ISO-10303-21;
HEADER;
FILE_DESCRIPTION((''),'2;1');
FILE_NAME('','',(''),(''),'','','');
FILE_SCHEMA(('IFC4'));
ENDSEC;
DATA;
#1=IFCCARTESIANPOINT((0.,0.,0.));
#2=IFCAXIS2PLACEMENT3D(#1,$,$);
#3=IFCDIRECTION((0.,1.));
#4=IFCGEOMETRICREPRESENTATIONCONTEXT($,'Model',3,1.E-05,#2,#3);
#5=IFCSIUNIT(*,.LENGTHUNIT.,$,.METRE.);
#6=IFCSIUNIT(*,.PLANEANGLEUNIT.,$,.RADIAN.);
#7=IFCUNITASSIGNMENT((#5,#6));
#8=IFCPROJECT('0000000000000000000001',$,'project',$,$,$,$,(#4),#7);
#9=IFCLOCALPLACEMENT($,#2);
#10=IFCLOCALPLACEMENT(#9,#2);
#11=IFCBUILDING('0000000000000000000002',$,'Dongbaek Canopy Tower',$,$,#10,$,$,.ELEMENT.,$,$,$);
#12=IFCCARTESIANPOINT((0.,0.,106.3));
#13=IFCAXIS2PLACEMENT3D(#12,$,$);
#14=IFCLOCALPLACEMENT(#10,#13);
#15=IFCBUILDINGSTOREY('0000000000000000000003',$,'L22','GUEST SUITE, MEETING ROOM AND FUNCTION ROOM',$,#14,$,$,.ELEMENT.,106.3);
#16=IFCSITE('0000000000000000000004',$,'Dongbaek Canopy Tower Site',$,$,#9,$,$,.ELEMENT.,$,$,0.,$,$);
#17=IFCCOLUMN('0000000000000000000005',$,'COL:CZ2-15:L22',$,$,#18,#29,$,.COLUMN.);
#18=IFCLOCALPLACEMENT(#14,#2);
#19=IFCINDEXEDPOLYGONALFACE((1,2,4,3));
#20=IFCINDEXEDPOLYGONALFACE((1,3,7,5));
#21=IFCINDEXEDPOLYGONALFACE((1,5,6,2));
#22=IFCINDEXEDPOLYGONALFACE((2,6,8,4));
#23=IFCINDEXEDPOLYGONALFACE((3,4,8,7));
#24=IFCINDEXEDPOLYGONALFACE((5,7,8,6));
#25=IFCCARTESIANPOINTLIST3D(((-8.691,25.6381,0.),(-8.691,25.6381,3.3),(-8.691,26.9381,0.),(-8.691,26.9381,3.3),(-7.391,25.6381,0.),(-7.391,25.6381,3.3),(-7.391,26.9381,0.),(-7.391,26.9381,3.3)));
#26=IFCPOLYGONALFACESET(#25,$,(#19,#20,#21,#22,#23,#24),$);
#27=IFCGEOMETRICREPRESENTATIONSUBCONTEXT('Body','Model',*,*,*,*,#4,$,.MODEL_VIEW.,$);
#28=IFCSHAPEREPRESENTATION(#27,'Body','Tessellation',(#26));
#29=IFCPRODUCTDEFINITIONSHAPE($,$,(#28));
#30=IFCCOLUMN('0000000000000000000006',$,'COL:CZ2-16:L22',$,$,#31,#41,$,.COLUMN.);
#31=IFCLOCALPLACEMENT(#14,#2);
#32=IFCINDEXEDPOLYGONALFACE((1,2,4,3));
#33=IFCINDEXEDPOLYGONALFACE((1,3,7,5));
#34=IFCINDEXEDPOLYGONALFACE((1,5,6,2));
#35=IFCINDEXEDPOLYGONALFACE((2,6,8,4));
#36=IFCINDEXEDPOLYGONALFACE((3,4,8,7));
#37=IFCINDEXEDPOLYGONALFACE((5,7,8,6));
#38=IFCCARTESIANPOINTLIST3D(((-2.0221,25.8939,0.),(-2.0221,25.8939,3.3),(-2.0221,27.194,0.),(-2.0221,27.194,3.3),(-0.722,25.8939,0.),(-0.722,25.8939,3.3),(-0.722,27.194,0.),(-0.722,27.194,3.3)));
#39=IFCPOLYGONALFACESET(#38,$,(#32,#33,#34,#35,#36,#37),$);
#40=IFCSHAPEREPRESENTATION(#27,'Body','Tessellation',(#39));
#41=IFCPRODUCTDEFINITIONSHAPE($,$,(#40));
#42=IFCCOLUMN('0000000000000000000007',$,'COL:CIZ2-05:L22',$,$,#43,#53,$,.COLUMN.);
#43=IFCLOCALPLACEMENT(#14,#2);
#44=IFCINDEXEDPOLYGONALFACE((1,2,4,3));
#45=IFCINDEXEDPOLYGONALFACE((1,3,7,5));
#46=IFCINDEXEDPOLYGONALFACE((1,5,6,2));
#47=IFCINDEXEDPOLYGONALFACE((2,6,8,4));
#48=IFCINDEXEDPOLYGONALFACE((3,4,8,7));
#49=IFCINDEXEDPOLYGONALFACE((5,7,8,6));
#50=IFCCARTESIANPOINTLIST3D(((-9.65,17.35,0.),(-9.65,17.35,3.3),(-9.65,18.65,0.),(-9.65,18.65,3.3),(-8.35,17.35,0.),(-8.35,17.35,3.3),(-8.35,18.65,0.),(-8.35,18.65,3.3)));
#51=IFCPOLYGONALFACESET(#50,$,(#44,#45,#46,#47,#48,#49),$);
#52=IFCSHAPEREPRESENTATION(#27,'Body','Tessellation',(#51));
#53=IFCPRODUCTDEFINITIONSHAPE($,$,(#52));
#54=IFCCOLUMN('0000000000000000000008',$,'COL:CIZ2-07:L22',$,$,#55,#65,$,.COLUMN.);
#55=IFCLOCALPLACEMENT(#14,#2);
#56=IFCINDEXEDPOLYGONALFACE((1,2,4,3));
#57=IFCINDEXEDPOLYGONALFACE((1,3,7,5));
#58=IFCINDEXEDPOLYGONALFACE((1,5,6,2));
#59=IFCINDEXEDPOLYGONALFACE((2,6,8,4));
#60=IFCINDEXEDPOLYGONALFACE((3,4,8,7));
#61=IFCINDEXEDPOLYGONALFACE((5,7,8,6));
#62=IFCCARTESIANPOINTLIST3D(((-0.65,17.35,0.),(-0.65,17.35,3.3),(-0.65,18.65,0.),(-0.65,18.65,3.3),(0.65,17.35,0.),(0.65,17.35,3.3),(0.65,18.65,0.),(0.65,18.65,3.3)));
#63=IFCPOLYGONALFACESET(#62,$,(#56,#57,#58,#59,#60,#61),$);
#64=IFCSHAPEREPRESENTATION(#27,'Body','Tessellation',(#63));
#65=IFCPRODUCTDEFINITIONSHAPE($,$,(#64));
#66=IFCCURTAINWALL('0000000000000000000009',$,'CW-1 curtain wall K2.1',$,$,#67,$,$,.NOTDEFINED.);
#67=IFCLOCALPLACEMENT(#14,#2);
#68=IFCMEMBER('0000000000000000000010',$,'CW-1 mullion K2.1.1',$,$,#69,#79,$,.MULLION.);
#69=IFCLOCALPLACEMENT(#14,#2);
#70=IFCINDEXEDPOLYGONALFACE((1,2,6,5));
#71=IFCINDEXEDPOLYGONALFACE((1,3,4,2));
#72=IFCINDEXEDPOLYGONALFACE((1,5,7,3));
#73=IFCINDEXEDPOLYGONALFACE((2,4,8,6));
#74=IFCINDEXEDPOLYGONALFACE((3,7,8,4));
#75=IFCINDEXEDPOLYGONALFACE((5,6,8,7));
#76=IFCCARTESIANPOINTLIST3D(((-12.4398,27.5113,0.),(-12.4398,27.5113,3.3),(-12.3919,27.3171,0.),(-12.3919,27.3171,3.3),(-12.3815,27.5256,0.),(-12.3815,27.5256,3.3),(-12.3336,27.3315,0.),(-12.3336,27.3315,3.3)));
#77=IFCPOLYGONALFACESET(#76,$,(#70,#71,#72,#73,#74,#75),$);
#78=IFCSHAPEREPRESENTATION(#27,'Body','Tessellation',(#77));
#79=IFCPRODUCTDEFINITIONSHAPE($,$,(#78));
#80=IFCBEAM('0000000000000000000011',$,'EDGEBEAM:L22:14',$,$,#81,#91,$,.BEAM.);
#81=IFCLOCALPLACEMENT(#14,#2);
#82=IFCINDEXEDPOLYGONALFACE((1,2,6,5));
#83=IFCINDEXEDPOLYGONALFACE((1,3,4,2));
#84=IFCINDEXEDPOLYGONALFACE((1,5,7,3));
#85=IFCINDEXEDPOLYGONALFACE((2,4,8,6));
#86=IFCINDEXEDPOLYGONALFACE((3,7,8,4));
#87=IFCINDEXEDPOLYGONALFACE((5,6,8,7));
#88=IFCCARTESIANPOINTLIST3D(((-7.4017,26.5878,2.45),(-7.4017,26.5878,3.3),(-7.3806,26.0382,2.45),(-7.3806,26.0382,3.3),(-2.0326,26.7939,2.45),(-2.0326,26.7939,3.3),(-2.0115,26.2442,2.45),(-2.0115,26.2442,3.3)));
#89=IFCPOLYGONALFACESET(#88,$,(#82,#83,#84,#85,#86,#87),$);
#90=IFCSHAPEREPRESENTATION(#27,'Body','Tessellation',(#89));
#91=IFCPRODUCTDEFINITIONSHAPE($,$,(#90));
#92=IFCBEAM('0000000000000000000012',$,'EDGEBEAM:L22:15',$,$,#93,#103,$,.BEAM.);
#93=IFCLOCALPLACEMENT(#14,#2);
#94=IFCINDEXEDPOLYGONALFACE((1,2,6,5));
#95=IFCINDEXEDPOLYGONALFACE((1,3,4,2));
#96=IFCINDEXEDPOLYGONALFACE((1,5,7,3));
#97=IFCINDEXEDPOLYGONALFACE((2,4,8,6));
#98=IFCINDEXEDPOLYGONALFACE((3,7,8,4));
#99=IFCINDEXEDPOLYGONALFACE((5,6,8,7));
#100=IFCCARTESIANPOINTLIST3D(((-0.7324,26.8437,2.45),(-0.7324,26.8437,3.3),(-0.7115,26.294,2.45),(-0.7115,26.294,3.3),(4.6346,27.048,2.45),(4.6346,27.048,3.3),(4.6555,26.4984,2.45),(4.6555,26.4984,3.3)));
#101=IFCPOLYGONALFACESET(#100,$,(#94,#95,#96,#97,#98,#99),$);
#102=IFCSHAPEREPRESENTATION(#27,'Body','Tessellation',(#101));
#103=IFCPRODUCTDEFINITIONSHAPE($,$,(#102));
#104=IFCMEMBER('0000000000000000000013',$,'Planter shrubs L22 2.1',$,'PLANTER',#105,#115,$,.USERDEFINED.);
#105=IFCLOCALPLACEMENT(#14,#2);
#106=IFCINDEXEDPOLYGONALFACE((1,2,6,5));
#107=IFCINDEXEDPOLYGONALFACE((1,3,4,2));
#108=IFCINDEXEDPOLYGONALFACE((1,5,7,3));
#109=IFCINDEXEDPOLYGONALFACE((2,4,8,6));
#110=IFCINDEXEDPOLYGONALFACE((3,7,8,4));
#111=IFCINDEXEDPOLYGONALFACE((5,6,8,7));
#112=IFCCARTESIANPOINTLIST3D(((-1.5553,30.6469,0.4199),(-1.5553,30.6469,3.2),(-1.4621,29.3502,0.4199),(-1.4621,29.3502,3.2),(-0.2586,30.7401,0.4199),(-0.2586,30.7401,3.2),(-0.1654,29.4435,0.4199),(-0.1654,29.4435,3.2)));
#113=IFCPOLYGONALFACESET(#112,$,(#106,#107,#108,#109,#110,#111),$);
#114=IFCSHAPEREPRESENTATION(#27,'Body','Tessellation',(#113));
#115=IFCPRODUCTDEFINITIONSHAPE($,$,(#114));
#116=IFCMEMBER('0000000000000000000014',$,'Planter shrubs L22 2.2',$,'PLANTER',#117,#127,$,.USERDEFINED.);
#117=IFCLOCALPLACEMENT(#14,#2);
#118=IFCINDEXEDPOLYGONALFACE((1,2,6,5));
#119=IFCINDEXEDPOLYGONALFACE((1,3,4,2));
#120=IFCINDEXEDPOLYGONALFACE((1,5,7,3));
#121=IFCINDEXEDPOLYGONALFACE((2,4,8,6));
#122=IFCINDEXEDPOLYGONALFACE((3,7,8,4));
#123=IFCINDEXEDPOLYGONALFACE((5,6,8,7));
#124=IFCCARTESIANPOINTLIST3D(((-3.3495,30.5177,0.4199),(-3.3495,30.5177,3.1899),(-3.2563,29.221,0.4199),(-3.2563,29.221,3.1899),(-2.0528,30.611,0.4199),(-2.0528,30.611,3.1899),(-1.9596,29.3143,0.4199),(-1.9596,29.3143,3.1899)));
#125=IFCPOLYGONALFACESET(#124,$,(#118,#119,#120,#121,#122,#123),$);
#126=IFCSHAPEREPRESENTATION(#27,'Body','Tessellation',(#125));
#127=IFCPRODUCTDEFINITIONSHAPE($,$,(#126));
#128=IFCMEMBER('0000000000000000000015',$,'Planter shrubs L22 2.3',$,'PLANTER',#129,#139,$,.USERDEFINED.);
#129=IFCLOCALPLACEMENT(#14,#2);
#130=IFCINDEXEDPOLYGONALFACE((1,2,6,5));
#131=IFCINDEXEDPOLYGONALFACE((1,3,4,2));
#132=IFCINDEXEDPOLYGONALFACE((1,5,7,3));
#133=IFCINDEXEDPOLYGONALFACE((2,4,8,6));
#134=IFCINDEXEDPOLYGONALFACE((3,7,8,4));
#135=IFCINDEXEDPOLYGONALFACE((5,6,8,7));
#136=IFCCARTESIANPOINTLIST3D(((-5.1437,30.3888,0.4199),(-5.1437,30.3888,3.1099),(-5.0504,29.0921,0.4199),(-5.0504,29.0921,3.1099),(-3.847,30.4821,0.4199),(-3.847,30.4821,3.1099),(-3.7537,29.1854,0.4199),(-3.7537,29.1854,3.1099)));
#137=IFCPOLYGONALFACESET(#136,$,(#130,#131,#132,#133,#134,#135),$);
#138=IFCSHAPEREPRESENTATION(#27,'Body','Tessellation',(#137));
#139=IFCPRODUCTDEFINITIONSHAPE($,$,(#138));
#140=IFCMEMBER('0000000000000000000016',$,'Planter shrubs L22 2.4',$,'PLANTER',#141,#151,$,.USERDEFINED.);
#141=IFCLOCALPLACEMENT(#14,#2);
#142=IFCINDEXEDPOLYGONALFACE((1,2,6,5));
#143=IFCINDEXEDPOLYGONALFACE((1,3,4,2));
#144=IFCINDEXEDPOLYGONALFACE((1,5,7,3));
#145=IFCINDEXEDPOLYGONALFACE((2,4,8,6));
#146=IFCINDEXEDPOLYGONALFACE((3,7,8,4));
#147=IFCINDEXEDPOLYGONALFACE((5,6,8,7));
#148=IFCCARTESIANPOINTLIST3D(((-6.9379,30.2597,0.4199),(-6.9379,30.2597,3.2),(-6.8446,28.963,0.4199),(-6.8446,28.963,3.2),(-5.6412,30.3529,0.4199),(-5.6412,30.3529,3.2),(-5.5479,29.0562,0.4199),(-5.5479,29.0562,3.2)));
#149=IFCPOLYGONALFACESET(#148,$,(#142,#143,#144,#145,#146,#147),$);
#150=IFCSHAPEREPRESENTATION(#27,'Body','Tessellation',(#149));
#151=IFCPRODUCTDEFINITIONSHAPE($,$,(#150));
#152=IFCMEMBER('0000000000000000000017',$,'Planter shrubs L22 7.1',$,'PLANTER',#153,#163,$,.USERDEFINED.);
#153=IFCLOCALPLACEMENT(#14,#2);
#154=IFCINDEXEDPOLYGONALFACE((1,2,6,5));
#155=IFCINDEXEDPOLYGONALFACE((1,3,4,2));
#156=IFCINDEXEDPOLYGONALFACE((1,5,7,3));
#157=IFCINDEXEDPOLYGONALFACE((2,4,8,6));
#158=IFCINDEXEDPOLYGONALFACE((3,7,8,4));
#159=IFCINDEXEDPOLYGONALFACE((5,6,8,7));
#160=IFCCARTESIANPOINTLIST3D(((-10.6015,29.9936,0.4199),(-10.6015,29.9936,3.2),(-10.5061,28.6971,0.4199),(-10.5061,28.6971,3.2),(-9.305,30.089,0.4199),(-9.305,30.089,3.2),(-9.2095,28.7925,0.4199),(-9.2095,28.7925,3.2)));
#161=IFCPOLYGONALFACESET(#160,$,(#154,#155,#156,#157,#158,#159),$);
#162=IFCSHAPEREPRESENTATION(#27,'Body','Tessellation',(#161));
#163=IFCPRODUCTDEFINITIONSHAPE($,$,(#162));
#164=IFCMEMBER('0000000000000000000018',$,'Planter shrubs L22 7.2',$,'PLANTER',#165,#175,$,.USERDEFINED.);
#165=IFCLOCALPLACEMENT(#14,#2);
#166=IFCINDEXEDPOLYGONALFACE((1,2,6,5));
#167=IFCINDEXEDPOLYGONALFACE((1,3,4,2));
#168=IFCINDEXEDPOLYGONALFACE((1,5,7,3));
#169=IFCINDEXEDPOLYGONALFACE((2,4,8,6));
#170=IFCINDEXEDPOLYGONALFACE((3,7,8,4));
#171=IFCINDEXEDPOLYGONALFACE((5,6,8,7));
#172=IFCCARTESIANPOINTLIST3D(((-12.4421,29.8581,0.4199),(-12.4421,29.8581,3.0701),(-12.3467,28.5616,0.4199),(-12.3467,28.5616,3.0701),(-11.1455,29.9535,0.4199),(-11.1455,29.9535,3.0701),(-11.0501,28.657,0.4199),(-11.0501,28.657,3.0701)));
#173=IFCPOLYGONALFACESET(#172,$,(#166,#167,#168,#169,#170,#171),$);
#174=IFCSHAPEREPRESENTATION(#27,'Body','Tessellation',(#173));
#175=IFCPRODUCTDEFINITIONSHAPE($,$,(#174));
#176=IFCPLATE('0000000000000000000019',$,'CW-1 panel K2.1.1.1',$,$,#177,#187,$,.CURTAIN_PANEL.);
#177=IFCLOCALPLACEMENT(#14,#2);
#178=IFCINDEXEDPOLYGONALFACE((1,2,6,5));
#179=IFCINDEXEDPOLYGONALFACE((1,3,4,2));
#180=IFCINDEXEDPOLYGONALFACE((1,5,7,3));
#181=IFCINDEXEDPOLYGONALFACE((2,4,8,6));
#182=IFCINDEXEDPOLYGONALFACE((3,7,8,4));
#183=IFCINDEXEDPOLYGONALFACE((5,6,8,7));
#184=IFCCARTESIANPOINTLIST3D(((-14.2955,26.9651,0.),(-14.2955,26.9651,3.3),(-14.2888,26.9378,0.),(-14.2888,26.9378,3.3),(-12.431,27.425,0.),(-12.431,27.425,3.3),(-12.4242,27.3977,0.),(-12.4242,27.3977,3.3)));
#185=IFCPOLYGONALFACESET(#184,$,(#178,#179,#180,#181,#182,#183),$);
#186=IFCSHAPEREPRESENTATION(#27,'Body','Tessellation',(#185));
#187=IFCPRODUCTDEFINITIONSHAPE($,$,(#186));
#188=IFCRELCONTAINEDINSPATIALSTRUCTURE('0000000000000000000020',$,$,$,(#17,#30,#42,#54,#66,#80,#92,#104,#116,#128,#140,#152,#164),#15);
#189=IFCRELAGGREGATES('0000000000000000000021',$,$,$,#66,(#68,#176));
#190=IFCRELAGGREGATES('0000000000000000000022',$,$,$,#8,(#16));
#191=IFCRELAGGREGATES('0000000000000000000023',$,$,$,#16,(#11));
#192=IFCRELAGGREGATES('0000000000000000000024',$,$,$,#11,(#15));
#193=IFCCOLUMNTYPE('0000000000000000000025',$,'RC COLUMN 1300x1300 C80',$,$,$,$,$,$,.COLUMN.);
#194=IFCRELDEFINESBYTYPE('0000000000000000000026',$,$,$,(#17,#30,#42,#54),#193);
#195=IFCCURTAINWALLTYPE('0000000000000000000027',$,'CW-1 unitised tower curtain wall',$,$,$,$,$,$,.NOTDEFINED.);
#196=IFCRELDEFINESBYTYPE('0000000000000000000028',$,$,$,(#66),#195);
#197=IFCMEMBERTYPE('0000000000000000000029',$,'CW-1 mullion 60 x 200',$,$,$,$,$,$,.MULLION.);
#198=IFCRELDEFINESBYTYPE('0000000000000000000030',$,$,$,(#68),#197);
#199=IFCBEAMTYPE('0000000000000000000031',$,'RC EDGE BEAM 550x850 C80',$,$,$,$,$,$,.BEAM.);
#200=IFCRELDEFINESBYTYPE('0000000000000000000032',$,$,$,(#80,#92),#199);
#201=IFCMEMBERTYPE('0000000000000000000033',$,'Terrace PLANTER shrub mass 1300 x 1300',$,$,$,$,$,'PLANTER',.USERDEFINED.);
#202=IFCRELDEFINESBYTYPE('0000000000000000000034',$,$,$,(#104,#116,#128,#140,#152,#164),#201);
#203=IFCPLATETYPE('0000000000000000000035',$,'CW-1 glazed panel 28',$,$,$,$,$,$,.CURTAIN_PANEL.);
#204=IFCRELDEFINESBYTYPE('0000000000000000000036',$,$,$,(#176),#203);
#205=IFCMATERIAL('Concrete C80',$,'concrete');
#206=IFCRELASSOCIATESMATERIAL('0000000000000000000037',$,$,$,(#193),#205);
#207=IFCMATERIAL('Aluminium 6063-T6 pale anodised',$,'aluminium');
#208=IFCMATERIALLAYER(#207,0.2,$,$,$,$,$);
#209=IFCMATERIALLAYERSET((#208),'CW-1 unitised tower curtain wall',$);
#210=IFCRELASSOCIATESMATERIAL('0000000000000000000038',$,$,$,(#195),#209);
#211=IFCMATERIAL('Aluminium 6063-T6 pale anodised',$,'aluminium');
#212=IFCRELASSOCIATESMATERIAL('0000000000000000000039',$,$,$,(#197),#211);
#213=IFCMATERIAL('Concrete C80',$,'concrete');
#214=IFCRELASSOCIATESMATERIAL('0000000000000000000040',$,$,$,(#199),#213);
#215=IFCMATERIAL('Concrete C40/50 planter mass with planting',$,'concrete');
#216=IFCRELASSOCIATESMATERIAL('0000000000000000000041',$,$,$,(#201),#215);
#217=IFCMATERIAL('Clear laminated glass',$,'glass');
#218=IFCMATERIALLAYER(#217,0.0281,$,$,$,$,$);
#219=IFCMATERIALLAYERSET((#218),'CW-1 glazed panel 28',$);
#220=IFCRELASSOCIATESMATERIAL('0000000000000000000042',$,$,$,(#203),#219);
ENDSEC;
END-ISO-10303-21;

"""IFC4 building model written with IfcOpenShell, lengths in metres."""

from ifc_helpers import new_model, si_unit, direction, frame, origin, origin_2d, place, context, subcontext, project, spatial, rectangle, extrude, material, layer, layer_set, material_profile, profile_set, type_object, element, aggregate, save


model = new_model("IFC4")

# Units and contexts
model_context = context("Model", 3, precision=1e-05, world=origin(), true_north=direction((0.0, 1.0)))
body_context = subcontext(model_context, "Body", "Model", "MODEL_VIEW")
ifc_project = project(units=[si_unit("LENGTHUNIT", "METRE"), si_unit("PLANEANGLEUNIT", "RADIAN")], contexts=[model_context])

# Site, building, storey
site_placement = place(None, origin())
site = spatial("IfcSite", under=ifc_project, at=site_placement, Name="Dongbaek Canopy Tower Site", CompositionType="ELEMENT", RefElevation=0.0)
building_placement = place(site_placement, origin())
building = spatial("IfcBuilding", under=site, at=building_placement, Name="Dongbaek Canopy Tower", CompositionType="ELEMENT")
storey_placement = place(building_placement, frame((0.0, 0.0, 106.3)))
storey = spatial("IfcBuildingStorey", under=building, at=storey_placement, Name="L22", Description="GUEST SUITE, MEETING ROOM AND FUNCTION ROOM", CompositionType="ELEMENT", Elevation=106.3)

# Columns
ifc_material_1 = material(Name="Concrete C80", Category="concrete")
ifc_material_profile_1 = material_profile(ifc_material_1, rectangle(XDim=1.3, YDim=1.3, at=origin_2d()), Name="RC COLUMN 1300x1300 C80")
ifc_profile_set_1 = profile_set([ifc_material_profile_1], Name="Concrete C80")
column_type = type_object("IfcColumnType", Name="RC COLUMN 1300x1300 C80", PredefinedType="COLUMN", material=ifc_profile_set_1)
for number, where, z_axis, x_axis, name in (
    (1, (-8.041, 26.2881, 0.0), (0.0, 0.0, 1.0), (1.0, 0.0, 0.0), "COL:CZ2-15:L22"),
    (2, (-1.3721, 26.5439, 0.0), (0.0, 0.0, 1.0), (1.0, 0.0, 0.0), "COL:CZ2-16:L22"),
    (3, (-9.0, 18.0, 0.0), (0.0, 0.0, 1.0), (1.0, 0.0, 0.0), "COL:CIZ2-05:L22"),
    (4, (0.0, 18.0, 0.0), (0.0, 0.0, 1.0), (1.0, 0.0, 0.0), "COL:CIZ2-07:L22"),
):
    element("IfcColumn", number, at=place(storey_placement, frame(where, z_axis=z_axis, x_axis=x_axis)), inside=storey, type_object=column_type, Name=name, PredefinedType="COLUMN", context=body_context, shape_type="SweptSolid", body=[
        extrude(rectangle(XDim=1.3, YDim=1.3, at=origin_2d()), origin(), (0.0, 0.0, 1.0), 3.3),
    ])

# Curtain wall, member
ifc_material_2 = material(Name="Aluminium 6063-T6 pale anodised", Category="aluminium")
ifc_layer_1 = layer(ifc_material_2, 0.2)
ifc_layer_set_1 = layer_set([ifc_layer_1], Name="CW-1 unitised tower curtain wall")
curtain_wall_type = type_object("IfcCurtainWallType", Name="CW-1 unitised tower curtain wall", PredefinedType="NOTDEFINED", material=ifc_layer_set_1)
curtain_wall_placement = place(storey_placement, origin())
curtain_wall = element("IfcCurtainWall", 5, at=curtain_wall_placement, inside=storey, type_object=curtain_wall_type, Name="CW-1 curtain wall K2.1", PredefinedType="NOTDEFINED")
ifc_material_3 = material(Name="Aluminium 6063-T6 pale anodised", Category="aluminium")
ifc_material_profile_2 = material_profile(ifc_material_3, rectangle(XDim=0.2, YDim=0.0601, at=origin_2d()), Name="CW-1 mullion 60 x 200")
ifc_profile_set_2 = profile_set([ifc_material_profile_2], Name="Aluminium 6063-T6 pale anodised")
member_type_1 = type_object("IfcMemberType", Name="CW-1 mullion 60 x 200", PredefinedType="MULLION", material=ifc_profile_set_2)
member_1_placement = place(storey_placement, frame((-12.3867, 27.4214, 0.0), z_axis=(0.0, 0.0, 1.0), x_axis=(-0.239456, 0.970907, 0.0)))
member_1 = element("IfcMember", 6, at=member_1_placement, type_object=member_type_1, Name="CW-1 mullion K2.1.1", PredefinedType="MULLION", context=body_context, shape_type="SweptSolid", body=[
    extrude(rectangle(XDim=0.2, YDim=0.0601, at=origin_2d()), origin(), (0.0, 0.0, 1.0), 3.3),
])

# Beams
ifc_material_4 = material(Name="Concrete C80", Category="concrete")
ifc_material_profile_3 = material_profile(ifc_material_4, rectangle(XDim=0.55, YDim=0.8501, at=origin_2d()), Name="RC EDGE BEAM 550x850 C80")
ifc_profile_set_3 = profile_set([ifc_material_profile_3], Name="Concrete C80")
beam_type = type_object("IfcBeamType", Name="RC EDGE BEAM 550x850 C80", PredefinedType="BEAM", material=ifc_profile_set_3)
beam_1_placement = place(storey_placement, frame((-7.3911, 26.313, 2.875), z_axis=(0.999264, 0.038349, 0.0), x_axis=(-0.038349, 0.999264, 0.0)))
element("IfcBeam", 7, at=beam_1_placement, inside=storey, type_object=beam_type, Name="EDGEBEAM:L22:14", PredefinedType="BEAM", context=body_context, shape_type="SweptSolid", body=[
    extrude(rectangle(XDim=0.55, YDim=0.8501, at=origin_2d()), origin(), (0.0, 0.0, 1.0), 5.373),
])
beam_2_placement = place(storey_placement, frame((-0.7219, 26.5688, 2.875), z_axis=(0.999276, 0.038047, 0.0), x_axis=(-0.038047, 0.999276, 0.0)))
element("IfcBeam", 8, at=beam_2_placement, inside=storey, type_object=beam_type, Name="EDGEBEAM:L22:15", PredefinedType="BEAM", context=body_context, shape_type="SweptSolid", body=[
    extrude(rectangle(XDim=0.55, YDim=0.8501, at=origin_2d()), origin(), (0.0, 0.0, 1.0), 5.3708),
])

# Members
ifc_material_5 = material(Name="Concrete C40/50 planter mass with planting", Category="concrete")
ifc_material_profile_4 = material_profile(ifc_material_5, rectangle(XDim=1.3, YDim=1.3, at=origin_2d()), Name="Terrace PLANTER shrub mass 1300 x 1300")
ifc_profile_set_4 = profile_set([ifc_material_profile_4], Name="Concrete C40/50 planter mass with planting")
member_type_2 = type_object("IfcMemberType", Name="Terrace PLANTER shrub mass 1300 x 1300", ElementType="PLANTER", PredefinedType="USERDEFINED", material=ifc_profile_set_4)
member_2_placement = place(storey_placement, frame((-0.8604, 30.0452, 0.4199), z_axis=(0.0, 0.0, 1.0), x_axis=(-0.071743, 0.997423, 0.0)))
element("IfcMember", 9, at=member_2_placement, inside=storey, type_object=member_type_2, Name="Planter shrubs L22 2.1", ObjectType="PLANTER", PredefinedType="USERDEFINED", context=body_context, shape_type="SweptSolid", body=[
    extrude(rectangle(XDim=1.3, YDim=1.3, at=origin_2d()), origin(), (0.0, 0.0, 1.0), 2.78),
])
member_3_placement = place(storey_placement, frame((-2.6545, 29.916, 0.4199), z_axis=(0.0, 0.0, 1.0), x_axis=(-0.071743, 0.997423, 0.0)))
element("IfcMember", 10, at=member_3_placement, inside=storey, type_object=member_type_2, Name="Planter shrubs L22 2.2", ObjectType="PLANTER", PredefinedType="USERDEFINED", context=body_context, shape_type="SweptSolid", body=[
    extrude(rectangle(XDim=1.3, YDim=1.3, at=origin_2d()), origin(), (0.0, 0.0, 1.0), 2.77),
])
member_4_placement = place(storey_placement, frame((-4.4487, 29.7871, 0.4199), z_axis=(0.0, 0.0, 1.0), x_axis=(-0.071743, 0.997423, 0.0)))
element("IfcMember", 11, at=member_4_placement, inside=storey, type_object=member_type_2, Name="Planter shrubs L22 2.3", ObjectType="PLANTER", PredefinedType="USERDEFINED", context=body_context, shape_type="SweptSolid", body=[
    extrude(rectangle(XDim=1.3, YDim=1.3, at=origin_2d()), origin(), (0.0, 0.0, 1.0), 2.6899),
])
for number, where, z_axis, x_axis, name in (
    (12, (-6.2429, 29.658, 0.4199), (0.0, 0.0, 1.0), (-0.071743, 0.997423, 0.0), "Planter shrubs L22 2.4"),
    (13, (-9.9055, 29.3931, 0.4199), (0.0, 0.0, 1.0), (-0.073391, 0.997303, 0.0), "Planter shrubs L22 7.1"),
):
    element("IfcMember", number, at=place(storey_placement, frame(where, z_axis=z_axis, x_axis=x_axis)), inside=storey, type_object=member_type_2, Name=name, ObjectType="PLANTER", PredefinedType="USERDEFINED", context=body_context, shape_type="SweptSolid", body=[
        extrude(rectangle(XDim=1.3, YDim=1.3, at=origin_2d()), origin(), (0.0, 0.0, 1.0), 2.78),
    ])
member_5_placement = place(storey_placement, frame((-11.7461, 29.2576, 0.4199), z_axis=(0.0, 0.0, 1.0), x_axis=(-0.073391, 0.997303, 0.0)))
element("IfcMember", 14, at=member_5_placement, inside=storey, type_object=member_type_2, Name="Planter shrubs L22 7.2", ObjectType="PLANTER", PredefinedType="USERDEFINED", context=body_context, shape_type="SweptSolid", body=[
    extrude(rectangle(XDim=1.3, YDim=1.3, at=origin_2d()), origin(), (0.0, 0.0, 1.0), 2.6501),
])

# Plate
ifc_material_6 = material(Name="Clear laminated glass", Category="glass")
ifc_layer_2 = layer(ifc_material_6, 0.0281)
ifc_layer_set_2 = layer_set([ifc_layer_2], Name="CW-1 glazed panel 28")
plate_type = type_object("IfcPlateType", Name="CW-1 glazed panel 28", PredefinedType="CURTAIN_PANEL", material=ifc_layer_set_2)
plate_placement = place(storey_placement, frame((-13.3599, 27.1814, 0.0), z_axis=(0.0, 0.0, 1.0), x_axis=(-0.970907, -0.239456, 0.0)))
plate = element("IfcPlate", 15, at=plate_placement, type_object=plate_type, Name="CW-1 panel K2.1.1.1", PredefinedType="CURTAIN_PANEL", context=body_context, shape_type="SweptSolid", body=[
    extrude(rectangle(XDim=1.9204, YDim=0.0281, at=origin_2d()), origin(), (0.0, 0.0, 1.0), 3.3),
])
aggregate(curtain_wall, [member_1, plate])

save(model, "model.ifc")
